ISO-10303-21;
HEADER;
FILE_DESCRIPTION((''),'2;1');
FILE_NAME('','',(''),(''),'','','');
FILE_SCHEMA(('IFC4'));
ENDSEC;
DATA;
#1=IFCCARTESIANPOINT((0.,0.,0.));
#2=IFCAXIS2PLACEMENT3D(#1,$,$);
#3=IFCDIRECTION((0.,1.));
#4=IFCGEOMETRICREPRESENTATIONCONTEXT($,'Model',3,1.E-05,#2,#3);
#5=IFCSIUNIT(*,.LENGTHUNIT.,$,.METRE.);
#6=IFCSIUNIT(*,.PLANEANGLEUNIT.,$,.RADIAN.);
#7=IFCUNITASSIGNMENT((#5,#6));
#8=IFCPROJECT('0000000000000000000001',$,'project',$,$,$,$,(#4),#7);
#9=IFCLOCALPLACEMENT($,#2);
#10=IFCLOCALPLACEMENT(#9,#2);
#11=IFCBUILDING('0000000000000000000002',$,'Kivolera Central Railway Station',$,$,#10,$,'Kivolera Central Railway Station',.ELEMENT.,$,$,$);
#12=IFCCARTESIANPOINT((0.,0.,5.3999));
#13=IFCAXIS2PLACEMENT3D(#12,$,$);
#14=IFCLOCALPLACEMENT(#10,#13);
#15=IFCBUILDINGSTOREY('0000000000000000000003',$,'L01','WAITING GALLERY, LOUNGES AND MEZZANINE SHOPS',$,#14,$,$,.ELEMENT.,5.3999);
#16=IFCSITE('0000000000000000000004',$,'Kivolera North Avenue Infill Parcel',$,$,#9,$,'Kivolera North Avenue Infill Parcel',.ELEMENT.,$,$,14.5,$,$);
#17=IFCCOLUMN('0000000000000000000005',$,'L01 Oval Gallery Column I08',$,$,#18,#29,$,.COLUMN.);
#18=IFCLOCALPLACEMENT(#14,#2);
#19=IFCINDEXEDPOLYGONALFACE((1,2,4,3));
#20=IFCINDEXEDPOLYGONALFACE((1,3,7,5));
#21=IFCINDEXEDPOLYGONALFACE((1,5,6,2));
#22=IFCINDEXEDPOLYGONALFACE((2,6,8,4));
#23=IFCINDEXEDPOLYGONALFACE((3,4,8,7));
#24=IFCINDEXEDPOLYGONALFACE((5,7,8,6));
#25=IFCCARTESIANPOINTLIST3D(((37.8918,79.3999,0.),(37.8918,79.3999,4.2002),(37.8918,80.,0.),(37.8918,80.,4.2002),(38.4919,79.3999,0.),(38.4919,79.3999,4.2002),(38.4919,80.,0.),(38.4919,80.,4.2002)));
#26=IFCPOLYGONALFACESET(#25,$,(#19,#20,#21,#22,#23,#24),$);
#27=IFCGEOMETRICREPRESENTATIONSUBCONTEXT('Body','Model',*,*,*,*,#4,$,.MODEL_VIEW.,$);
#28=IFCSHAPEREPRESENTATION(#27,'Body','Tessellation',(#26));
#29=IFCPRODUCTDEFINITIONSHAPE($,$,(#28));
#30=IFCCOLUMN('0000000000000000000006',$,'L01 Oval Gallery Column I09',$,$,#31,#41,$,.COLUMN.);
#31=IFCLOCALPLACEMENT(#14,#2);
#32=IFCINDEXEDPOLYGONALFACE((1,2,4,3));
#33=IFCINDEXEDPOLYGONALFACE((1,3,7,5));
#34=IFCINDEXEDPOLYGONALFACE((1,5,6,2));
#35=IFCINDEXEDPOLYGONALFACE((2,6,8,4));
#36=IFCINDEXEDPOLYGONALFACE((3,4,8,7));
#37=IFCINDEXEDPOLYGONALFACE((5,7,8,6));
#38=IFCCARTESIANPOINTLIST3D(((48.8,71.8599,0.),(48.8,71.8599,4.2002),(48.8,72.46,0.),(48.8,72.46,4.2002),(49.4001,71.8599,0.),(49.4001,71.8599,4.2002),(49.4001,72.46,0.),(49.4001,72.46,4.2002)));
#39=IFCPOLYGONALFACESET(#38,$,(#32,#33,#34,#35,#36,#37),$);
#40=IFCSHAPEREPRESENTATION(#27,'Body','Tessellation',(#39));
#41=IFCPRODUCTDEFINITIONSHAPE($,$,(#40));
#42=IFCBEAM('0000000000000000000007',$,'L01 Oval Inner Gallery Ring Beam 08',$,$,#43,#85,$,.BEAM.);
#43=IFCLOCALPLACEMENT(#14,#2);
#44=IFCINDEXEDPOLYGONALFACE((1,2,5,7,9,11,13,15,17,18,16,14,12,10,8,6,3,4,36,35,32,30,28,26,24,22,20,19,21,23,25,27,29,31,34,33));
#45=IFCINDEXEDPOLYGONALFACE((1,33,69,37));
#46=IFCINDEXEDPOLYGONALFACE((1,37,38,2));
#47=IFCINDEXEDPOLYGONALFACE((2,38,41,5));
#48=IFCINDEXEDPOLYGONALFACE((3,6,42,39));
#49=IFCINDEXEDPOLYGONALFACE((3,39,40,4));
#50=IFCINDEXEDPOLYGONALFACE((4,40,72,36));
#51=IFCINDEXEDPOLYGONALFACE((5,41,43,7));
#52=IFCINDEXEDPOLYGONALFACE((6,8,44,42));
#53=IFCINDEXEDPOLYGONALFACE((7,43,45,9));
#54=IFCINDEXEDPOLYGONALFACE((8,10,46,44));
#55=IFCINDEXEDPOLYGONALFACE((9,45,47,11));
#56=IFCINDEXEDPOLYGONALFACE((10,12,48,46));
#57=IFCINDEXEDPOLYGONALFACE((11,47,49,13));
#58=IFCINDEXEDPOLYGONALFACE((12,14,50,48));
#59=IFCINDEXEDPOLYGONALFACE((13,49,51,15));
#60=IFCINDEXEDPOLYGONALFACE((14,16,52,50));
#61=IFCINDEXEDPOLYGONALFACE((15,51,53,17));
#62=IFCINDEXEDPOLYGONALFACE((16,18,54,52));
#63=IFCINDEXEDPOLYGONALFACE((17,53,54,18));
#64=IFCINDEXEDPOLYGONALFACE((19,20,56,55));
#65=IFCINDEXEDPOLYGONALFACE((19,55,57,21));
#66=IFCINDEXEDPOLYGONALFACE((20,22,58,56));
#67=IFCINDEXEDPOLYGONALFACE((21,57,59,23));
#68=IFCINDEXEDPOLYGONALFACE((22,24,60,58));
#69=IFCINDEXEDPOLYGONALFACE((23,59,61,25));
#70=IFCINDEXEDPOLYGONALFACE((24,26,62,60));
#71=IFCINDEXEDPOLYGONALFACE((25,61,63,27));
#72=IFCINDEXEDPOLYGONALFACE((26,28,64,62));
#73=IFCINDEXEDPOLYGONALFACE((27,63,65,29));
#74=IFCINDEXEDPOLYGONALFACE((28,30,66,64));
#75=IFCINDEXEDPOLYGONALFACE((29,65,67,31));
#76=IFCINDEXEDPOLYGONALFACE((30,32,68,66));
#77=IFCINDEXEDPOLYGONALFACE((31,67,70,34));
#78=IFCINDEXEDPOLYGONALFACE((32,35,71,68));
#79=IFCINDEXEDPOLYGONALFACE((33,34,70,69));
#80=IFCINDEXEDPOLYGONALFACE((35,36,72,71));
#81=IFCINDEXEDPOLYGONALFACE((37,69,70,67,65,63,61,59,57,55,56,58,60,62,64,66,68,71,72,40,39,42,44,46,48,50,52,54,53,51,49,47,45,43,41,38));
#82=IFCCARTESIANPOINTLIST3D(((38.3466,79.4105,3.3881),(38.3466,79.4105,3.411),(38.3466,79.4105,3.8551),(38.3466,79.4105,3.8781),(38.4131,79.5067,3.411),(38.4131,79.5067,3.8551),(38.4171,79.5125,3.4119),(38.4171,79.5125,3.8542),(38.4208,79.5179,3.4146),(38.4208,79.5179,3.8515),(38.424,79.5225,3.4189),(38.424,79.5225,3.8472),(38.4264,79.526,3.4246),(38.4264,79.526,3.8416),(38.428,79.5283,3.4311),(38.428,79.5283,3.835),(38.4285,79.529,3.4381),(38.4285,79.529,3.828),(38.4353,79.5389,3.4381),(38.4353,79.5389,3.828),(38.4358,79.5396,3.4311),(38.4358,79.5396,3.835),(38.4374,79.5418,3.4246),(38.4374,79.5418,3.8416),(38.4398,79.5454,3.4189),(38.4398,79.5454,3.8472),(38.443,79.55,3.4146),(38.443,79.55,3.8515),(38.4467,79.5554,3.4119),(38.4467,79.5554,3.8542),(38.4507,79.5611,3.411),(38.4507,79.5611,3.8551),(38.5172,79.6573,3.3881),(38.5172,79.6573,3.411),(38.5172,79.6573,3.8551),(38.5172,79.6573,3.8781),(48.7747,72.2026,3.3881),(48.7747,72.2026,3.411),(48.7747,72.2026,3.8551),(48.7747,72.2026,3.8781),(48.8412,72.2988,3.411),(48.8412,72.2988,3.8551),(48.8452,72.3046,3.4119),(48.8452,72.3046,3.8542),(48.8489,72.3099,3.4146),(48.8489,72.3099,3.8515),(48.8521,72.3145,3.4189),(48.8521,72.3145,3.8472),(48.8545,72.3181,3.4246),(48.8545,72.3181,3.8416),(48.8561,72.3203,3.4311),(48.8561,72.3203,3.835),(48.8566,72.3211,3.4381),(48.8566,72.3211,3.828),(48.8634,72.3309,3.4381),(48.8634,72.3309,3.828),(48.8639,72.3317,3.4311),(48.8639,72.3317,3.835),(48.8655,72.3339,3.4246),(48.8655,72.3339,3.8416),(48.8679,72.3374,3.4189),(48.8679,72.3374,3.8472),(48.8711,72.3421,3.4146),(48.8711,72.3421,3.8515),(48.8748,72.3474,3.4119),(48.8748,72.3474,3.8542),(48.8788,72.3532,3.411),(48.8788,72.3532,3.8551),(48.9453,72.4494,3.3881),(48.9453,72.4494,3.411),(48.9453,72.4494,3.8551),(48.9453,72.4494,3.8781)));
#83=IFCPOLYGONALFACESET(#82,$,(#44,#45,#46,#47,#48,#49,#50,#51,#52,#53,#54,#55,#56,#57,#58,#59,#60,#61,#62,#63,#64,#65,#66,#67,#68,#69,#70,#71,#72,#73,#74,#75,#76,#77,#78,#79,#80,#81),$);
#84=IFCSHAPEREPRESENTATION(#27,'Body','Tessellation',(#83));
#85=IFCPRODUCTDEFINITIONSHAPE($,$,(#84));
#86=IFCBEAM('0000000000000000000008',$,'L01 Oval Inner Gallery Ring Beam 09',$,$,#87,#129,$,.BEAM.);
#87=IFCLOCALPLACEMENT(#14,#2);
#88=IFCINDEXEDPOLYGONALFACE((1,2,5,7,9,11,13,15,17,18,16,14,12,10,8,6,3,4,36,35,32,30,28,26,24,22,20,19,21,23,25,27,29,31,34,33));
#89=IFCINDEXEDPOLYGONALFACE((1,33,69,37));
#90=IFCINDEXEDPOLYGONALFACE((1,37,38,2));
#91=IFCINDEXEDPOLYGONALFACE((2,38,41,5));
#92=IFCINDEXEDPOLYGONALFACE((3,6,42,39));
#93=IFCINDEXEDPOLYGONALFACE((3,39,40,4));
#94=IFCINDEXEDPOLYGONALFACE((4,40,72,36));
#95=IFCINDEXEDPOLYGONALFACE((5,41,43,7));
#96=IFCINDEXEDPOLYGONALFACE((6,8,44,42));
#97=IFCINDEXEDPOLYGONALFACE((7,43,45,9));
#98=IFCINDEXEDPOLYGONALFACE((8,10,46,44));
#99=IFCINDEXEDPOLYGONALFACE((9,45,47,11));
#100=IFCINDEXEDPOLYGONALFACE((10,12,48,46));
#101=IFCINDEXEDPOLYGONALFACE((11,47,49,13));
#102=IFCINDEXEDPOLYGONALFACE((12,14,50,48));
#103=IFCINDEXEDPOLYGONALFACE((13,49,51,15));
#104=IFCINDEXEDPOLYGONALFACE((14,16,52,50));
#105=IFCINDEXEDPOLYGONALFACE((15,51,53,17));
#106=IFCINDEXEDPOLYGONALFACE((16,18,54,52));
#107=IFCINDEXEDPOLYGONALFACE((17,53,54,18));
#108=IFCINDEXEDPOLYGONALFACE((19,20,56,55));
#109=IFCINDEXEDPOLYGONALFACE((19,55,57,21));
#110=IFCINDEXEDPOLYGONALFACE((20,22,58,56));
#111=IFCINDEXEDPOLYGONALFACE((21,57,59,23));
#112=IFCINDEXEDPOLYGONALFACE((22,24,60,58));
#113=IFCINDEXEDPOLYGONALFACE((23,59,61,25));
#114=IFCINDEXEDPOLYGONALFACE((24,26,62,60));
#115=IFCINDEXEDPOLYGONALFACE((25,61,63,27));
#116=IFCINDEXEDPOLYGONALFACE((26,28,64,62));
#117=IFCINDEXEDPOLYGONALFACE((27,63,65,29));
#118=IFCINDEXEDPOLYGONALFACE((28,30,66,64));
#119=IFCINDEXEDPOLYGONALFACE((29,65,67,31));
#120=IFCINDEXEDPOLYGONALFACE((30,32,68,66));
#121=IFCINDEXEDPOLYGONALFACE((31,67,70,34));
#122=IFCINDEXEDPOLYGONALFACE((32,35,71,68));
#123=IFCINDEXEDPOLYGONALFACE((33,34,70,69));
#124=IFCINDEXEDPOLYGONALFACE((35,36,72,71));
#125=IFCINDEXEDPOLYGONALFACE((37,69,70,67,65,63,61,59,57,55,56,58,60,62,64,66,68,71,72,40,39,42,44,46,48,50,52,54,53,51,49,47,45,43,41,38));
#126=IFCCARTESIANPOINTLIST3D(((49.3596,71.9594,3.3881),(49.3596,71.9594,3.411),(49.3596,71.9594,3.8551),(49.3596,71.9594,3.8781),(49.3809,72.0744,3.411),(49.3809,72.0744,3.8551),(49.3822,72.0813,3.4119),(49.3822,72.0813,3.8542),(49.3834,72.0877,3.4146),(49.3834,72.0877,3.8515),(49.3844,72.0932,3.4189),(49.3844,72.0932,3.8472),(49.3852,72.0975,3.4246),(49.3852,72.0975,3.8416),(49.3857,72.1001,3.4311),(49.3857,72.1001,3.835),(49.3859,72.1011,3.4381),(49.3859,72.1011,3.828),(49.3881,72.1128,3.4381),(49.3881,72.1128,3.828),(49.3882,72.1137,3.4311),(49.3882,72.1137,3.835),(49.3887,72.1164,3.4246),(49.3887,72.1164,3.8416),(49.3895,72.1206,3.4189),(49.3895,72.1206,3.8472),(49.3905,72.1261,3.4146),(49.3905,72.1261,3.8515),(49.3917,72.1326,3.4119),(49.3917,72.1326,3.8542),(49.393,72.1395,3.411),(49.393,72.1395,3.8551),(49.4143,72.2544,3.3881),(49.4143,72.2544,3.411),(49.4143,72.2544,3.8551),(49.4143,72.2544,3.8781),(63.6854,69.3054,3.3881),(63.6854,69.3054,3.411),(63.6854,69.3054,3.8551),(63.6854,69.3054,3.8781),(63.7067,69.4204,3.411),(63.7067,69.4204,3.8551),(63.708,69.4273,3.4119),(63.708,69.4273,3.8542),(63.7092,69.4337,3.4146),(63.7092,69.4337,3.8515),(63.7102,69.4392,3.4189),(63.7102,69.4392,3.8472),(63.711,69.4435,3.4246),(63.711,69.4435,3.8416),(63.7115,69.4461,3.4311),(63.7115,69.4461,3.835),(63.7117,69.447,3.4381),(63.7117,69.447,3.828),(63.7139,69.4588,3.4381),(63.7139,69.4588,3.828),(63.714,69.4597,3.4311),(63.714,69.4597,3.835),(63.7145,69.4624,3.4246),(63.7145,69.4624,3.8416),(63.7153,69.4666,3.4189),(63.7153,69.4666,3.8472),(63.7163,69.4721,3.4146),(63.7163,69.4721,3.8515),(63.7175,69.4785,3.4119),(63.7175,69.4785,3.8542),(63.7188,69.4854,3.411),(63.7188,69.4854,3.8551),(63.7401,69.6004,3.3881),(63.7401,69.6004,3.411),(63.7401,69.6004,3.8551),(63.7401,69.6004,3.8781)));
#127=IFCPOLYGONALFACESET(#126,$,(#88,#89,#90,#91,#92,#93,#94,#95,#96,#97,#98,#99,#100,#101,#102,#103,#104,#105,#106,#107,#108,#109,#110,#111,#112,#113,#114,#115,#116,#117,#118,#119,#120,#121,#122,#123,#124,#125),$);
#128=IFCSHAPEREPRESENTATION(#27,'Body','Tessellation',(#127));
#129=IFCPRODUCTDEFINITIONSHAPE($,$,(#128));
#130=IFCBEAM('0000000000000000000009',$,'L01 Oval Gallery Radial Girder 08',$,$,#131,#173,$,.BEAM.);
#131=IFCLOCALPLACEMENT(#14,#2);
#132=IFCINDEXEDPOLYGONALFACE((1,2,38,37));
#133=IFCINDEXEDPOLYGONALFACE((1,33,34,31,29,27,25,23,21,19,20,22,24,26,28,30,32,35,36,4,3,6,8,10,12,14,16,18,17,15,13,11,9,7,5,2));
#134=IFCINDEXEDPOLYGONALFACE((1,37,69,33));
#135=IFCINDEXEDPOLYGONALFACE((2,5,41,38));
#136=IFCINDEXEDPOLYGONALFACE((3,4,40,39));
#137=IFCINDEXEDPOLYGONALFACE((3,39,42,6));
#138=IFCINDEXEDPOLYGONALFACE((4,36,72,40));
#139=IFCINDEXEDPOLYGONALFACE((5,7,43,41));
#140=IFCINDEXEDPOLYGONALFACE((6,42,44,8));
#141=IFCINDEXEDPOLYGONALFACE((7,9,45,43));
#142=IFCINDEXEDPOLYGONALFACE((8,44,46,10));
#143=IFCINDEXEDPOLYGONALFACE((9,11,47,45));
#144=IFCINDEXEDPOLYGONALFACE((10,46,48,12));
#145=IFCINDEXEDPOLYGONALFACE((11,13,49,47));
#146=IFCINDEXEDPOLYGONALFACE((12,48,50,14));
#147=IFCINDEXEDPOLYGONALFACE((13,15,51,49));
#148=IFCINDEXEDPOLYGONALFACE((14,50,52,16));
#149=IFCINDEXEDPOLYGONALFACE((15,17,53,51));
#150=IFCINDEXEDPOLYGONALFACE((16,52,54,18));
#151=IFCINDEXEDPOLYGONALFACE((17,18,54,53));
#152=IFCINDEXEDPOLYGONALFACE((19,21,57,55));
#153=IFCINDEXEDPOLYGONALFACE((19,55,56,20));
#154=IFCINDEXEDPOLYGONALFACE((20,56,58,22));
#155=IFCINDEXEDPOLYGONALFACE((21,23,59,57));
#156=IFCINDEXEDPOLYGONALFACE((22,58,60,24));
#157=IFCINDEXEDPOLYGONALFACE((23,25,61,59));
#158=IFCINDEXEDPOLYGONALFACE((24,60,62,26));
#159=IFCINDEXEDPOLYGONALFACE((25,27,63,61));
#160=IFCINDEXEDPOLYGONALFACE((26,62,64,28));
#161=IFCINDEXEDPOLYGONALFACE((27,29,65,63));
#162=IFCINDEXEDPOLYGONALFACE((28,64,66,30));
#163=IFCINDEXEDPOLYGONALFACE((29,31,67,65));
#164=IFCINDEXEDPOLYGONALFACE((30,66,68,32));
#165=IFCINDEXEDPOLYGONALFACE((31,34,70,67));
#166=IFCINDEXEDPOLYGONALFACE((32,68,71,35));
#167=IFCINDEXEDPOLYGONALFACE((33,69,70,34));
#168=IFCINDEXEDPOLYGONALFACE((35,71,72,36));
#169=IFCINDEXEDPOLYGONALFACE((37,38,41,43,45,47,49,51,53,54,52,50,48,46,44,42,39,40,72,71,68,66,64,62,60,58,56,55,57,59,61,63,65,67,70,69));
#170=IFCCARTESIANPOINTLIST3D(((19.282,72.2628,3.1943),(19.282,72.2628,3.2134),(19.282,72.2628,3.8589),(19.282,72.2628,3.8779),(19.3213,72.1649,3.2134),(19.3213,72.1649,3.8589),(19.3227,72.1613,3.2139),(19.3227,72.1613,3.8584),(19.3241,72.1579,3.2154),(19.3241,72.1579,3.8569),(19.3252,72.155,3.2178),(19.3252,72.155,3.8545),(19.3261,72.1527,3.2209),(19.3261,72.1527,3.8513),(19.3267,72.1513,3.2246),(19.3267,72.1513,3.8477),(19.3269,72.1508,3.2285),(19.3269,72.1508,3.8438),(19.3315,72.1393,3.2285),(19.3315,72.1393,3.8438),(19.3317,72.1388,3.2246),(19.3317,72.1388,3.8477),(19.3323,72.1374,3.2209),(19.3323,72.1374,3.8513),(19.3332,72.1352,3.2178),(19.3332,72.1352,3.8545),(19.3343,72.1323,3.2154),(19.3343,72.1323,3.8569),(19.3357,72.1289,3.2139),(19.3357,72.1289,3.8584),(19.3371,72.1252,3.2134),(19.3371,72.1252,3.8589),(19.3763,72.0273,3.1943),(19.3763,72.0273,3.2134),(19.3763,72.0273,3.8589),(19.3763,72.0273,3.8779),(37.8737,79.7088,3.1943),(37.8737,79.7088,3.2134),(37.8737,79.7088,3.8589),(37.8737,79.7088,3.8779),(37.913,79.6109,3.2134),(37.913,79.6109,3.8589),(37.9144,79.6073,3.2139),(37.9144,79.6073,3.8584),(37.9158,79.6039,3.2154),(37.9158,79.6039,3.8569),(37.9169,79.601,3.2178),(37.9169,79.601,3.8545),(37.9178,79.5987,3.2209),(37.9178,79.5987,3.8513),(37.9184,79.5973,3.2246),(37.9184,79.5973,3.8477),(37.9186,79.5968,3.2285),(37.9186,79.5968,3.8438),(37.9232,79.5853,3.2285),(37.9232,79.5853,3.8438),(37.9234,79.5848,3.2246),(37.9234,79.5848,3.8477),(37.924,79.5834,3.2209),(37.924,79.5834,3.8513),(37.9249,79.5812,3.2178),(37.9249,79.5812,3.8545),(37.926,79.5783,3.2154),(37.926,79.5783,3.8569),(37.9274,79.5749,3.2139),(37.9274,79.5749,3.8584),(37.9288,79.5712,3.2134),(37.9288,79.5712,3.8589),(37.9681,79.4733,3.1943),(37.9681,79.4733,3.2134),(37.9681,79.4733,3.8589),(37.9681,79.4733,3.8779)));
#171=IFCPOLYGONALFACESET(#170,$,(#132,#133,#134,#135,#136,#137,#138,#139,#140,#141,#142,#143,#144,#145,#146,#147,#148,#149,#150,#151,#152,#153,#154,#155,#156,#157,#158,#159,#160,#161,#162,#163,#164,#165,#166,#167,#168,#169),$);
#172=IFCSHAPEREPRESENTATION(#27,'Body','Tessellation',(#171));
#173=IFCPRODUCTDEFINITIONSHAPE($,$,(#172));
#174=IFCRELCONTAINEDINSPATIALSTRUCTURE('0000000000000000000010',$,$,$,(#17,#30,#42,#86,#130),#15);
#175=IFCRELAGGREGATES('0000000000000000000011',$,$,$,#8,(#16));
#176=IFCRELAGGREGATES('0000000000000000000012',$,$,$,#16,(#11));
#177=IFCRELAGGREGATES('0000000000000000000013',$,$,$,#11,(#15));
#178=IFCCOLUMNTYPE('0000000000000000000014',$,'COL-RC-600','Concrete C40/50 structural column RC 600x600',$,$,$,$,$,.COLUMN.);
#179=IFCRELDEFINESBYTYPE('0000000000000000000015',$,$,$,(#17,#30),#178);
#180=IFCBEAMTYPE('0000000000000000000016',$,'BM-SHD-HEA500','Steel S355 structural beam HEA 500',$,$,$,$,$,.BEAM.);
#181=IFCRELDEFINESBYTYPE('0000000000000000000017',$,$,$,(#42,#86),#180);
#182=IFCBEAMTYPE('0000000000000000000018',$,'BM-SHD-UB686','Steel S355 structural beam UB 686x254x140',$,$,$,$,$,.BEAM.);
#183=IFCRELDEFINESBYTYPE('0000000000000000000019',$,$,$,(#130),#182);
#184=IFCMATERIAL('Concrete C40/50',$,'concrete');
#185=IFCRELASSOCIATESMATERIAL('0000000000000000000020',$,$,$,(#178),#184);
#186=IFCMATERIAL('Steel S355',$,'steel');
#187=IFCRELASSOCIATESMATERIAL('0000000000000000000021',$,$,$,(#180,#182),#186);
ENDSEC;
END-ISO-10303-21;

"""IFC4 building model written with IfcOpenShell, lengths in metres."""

from ifc_helpers import new_model, si_unit, direction, frame, origin, origin_2d, place, context, subcontext, project, spatial, rectangle, i_section, extrude, material, material_profile, profile_set, type_object, element, save


model = new_model("IFC4")

# Units and contexts
model_context = context("Model", 3, precision=1e-05, world=origin(), true_north=direction((0.0, 1.0)))
body_context = subcontext(model_context, "Body", "Model", "MODEL_VIEW")
ifc_project = project(units=[si_unit("LENGTHUNIT", "METRE"), si_unit("PLANEANGLEUNIT", "RADIAN")], contexts=[model_context])

# Site, building, storey
site_placement = place(None, origin())
site = spatial("IfcSite", under=ifc_project, at=site_placement, Name="Kivolera North Avenue Infill Parcel", LongName="Kivolera North Avenue Infill Parcel", CompositionType="ELEMENT", RefElevation=14.5)
building_placement = place(site_placement, origin())
building = spatial("IfcBuilding", under=site, at=building_placement, Name="Kivolera Central Railway Station", LongName="Kivolera Central Railway Station", CompositionType="ELEMENT")
storey_placement = place(building_placement, frame((0.0, 0.0, 5.3999)))
storey = spatial("IfcBuildingStorey", under=building, at=storey_placement, Name="L01", Description="WAITING GALLERY, LOUNGES AND MEZZANINE SHOPS", CompositionType="ELEMENT", Elevation=5.3999)

# Columns
ifc_material_1 = material(Name="Concrete C40/50", Category="concrete")
ifc_material_profile_1 = material_profile(ifc_material_1, rectangle(XDim=0.6001, YDim=0.6001, at=origin_2d()), Name="RC 600x600")
ifc_profile_set_1 = profile_set([ifc_material_profile_1], Name="Concrete C40/50")
column_type = type_object("IfcColumnType", Name="COL-RC-600", Description="Concrete C40/50 structural column RC 600x600", PredefinedType="COLUMN", material=ifc_profile_set_1)
for number, where, z_axis, x_axis, name in (
    (1, (38.1919, 79.7, 0.0), (0.0, 0.0, 1.0), (1.0, 0.0, 0.0), "L01 Oval Gallery Column I08"),
    (2, (49.1001, 72.1599, 0.0), (0.0, 0.0, 1.0), (1.0, 0.0, 0.0), "L01 Oval Gallery Column I09"),
):
    element("IfcColumn", number, at=place(storey_placement, frame(where, z_axis=z_axis, x_axis=x_axis)), inside=storey, type_object=column_type, Name=name, PredefinedType="COLUMN", context=body_context, shape_type="SweptSolid", body=[
        extrude(rectangle(XDim=0.6001, YDim=0.6001, at=origin_2d()), origin(), (0.0, 0.0, 1.0), 4.2002),
    ])

# Beams
ifc_material_2 = material(Name="Steel S355", Category="steel")
ifc_material_profile_2 = material_profile(ifc_material_2, i_section(OverallWidth=0.3, OverallDepth=0.49, WebThickness=0.012, FlangeThickness=0.0229, FilletRadius=0.0271, at=origin_2d()), Name="HEA 500")
ifc_profile_set_2 = profile_set([ifc_material_profile_2], Name="Steel S355")
beam_type_1 = type_object("IfcBeamType", Name="BM-SHD-HEA500", Description="Steel S355 structural beam HEA 500", PredefinedType="BEAM", material=ifc_profile_set_2)
beam_1_placement = place(storey_placement, frame((38.4319, 79.5339, 3.6331), z_axis=(0.822618, -0.568595, 0.0), x_axis=(0.568595, 0.822618, 0.0)))
element("IfcBeam", 3, at=beam_1_placement, inside=storey, type_object=beam_type_1, Name="L01 Oval Inner Gallery Ring Beam 08", PredefinedType="BEAM", context=body_context, shape_type="SweptSolid", body=[
    extrude(i_section(OverallWidth=0.3, OverallDepth=0.49, WebThickness=0.012, FlangeThickness=0.0229, FilletRadius=0.0271, at=origin_2d()), origin(), (0.0, 0.0, 1.0), 12.6768),
])
beam_2_placement = place(storey_placement, frame((49.387, 72.1069, 3.6331), z_axis=(0.983268, -0.182162, 0.0), x_axis=(0.182162, 0.983268, 0.0)))
element("IfcBeam", 4, at=beam_2_placement, inside=storey, type_object=beam_type_1, Name="L01 Oval Inner Gallery Ring Beam 09", PredefinedType="BEAM", context=body_context, shape_type="SweptSolid", body=[
    extrude(i_section(OverallWidth=0.3, OverallDepth=0.49, WebThickness=0.012, FlangeThickness=0.0229, FilletRadius=0.0271, at=origin_2d()), origin(), (0.0, 0.0, 1.0), 14.5696),
])
ifc_material_profile_3 = material_profile(ifc_material_2, i_section(OverallWidth=0.2537, OverallDepth=0.6836, WebThickness=0.0125, FlangeThickness=0.019, FilletRadius=0.0151, at=origin_2d()), Name="UB 686x254x140")
ifc_profile_set_3 = profile_set([ifc_material_profile_3], Name="Steel S355")
beam_type_2 = type_object("IfcBeamType", Name="BM-SHD-UB686", Description="Steel S355 structural beam UB 686x254x140", PredefinedType="BEAM", material=ifc_profile_set_3)
beam_3_placement = place(storey_placement, frame((37.9209, 79.5911, 3.5361), z_axis=(-0.928316, -0.371792, 0.0), x_axis=(0.371792, -0.928316, 0.0)))
element("IfcBeam", 5, at=beam_3_placement, inside=storey, type_object=beam_type_2, Name="L01 Oval Gallery Radial Girder 08", PredefinedType="BEAM", context=body_context, shape_type="SweptSolid", body=[
    extrude(i_section(OverallWidth=0.2537, OverallDepth=0.6836, WebThickness=0.0125, FlangeThickness=0.019, FilletRadius=0.0151, at=origin_2d()), origin(), (0.0, 0.0, 1.0), 20.0273),
])

save(model, "model.ifc")
